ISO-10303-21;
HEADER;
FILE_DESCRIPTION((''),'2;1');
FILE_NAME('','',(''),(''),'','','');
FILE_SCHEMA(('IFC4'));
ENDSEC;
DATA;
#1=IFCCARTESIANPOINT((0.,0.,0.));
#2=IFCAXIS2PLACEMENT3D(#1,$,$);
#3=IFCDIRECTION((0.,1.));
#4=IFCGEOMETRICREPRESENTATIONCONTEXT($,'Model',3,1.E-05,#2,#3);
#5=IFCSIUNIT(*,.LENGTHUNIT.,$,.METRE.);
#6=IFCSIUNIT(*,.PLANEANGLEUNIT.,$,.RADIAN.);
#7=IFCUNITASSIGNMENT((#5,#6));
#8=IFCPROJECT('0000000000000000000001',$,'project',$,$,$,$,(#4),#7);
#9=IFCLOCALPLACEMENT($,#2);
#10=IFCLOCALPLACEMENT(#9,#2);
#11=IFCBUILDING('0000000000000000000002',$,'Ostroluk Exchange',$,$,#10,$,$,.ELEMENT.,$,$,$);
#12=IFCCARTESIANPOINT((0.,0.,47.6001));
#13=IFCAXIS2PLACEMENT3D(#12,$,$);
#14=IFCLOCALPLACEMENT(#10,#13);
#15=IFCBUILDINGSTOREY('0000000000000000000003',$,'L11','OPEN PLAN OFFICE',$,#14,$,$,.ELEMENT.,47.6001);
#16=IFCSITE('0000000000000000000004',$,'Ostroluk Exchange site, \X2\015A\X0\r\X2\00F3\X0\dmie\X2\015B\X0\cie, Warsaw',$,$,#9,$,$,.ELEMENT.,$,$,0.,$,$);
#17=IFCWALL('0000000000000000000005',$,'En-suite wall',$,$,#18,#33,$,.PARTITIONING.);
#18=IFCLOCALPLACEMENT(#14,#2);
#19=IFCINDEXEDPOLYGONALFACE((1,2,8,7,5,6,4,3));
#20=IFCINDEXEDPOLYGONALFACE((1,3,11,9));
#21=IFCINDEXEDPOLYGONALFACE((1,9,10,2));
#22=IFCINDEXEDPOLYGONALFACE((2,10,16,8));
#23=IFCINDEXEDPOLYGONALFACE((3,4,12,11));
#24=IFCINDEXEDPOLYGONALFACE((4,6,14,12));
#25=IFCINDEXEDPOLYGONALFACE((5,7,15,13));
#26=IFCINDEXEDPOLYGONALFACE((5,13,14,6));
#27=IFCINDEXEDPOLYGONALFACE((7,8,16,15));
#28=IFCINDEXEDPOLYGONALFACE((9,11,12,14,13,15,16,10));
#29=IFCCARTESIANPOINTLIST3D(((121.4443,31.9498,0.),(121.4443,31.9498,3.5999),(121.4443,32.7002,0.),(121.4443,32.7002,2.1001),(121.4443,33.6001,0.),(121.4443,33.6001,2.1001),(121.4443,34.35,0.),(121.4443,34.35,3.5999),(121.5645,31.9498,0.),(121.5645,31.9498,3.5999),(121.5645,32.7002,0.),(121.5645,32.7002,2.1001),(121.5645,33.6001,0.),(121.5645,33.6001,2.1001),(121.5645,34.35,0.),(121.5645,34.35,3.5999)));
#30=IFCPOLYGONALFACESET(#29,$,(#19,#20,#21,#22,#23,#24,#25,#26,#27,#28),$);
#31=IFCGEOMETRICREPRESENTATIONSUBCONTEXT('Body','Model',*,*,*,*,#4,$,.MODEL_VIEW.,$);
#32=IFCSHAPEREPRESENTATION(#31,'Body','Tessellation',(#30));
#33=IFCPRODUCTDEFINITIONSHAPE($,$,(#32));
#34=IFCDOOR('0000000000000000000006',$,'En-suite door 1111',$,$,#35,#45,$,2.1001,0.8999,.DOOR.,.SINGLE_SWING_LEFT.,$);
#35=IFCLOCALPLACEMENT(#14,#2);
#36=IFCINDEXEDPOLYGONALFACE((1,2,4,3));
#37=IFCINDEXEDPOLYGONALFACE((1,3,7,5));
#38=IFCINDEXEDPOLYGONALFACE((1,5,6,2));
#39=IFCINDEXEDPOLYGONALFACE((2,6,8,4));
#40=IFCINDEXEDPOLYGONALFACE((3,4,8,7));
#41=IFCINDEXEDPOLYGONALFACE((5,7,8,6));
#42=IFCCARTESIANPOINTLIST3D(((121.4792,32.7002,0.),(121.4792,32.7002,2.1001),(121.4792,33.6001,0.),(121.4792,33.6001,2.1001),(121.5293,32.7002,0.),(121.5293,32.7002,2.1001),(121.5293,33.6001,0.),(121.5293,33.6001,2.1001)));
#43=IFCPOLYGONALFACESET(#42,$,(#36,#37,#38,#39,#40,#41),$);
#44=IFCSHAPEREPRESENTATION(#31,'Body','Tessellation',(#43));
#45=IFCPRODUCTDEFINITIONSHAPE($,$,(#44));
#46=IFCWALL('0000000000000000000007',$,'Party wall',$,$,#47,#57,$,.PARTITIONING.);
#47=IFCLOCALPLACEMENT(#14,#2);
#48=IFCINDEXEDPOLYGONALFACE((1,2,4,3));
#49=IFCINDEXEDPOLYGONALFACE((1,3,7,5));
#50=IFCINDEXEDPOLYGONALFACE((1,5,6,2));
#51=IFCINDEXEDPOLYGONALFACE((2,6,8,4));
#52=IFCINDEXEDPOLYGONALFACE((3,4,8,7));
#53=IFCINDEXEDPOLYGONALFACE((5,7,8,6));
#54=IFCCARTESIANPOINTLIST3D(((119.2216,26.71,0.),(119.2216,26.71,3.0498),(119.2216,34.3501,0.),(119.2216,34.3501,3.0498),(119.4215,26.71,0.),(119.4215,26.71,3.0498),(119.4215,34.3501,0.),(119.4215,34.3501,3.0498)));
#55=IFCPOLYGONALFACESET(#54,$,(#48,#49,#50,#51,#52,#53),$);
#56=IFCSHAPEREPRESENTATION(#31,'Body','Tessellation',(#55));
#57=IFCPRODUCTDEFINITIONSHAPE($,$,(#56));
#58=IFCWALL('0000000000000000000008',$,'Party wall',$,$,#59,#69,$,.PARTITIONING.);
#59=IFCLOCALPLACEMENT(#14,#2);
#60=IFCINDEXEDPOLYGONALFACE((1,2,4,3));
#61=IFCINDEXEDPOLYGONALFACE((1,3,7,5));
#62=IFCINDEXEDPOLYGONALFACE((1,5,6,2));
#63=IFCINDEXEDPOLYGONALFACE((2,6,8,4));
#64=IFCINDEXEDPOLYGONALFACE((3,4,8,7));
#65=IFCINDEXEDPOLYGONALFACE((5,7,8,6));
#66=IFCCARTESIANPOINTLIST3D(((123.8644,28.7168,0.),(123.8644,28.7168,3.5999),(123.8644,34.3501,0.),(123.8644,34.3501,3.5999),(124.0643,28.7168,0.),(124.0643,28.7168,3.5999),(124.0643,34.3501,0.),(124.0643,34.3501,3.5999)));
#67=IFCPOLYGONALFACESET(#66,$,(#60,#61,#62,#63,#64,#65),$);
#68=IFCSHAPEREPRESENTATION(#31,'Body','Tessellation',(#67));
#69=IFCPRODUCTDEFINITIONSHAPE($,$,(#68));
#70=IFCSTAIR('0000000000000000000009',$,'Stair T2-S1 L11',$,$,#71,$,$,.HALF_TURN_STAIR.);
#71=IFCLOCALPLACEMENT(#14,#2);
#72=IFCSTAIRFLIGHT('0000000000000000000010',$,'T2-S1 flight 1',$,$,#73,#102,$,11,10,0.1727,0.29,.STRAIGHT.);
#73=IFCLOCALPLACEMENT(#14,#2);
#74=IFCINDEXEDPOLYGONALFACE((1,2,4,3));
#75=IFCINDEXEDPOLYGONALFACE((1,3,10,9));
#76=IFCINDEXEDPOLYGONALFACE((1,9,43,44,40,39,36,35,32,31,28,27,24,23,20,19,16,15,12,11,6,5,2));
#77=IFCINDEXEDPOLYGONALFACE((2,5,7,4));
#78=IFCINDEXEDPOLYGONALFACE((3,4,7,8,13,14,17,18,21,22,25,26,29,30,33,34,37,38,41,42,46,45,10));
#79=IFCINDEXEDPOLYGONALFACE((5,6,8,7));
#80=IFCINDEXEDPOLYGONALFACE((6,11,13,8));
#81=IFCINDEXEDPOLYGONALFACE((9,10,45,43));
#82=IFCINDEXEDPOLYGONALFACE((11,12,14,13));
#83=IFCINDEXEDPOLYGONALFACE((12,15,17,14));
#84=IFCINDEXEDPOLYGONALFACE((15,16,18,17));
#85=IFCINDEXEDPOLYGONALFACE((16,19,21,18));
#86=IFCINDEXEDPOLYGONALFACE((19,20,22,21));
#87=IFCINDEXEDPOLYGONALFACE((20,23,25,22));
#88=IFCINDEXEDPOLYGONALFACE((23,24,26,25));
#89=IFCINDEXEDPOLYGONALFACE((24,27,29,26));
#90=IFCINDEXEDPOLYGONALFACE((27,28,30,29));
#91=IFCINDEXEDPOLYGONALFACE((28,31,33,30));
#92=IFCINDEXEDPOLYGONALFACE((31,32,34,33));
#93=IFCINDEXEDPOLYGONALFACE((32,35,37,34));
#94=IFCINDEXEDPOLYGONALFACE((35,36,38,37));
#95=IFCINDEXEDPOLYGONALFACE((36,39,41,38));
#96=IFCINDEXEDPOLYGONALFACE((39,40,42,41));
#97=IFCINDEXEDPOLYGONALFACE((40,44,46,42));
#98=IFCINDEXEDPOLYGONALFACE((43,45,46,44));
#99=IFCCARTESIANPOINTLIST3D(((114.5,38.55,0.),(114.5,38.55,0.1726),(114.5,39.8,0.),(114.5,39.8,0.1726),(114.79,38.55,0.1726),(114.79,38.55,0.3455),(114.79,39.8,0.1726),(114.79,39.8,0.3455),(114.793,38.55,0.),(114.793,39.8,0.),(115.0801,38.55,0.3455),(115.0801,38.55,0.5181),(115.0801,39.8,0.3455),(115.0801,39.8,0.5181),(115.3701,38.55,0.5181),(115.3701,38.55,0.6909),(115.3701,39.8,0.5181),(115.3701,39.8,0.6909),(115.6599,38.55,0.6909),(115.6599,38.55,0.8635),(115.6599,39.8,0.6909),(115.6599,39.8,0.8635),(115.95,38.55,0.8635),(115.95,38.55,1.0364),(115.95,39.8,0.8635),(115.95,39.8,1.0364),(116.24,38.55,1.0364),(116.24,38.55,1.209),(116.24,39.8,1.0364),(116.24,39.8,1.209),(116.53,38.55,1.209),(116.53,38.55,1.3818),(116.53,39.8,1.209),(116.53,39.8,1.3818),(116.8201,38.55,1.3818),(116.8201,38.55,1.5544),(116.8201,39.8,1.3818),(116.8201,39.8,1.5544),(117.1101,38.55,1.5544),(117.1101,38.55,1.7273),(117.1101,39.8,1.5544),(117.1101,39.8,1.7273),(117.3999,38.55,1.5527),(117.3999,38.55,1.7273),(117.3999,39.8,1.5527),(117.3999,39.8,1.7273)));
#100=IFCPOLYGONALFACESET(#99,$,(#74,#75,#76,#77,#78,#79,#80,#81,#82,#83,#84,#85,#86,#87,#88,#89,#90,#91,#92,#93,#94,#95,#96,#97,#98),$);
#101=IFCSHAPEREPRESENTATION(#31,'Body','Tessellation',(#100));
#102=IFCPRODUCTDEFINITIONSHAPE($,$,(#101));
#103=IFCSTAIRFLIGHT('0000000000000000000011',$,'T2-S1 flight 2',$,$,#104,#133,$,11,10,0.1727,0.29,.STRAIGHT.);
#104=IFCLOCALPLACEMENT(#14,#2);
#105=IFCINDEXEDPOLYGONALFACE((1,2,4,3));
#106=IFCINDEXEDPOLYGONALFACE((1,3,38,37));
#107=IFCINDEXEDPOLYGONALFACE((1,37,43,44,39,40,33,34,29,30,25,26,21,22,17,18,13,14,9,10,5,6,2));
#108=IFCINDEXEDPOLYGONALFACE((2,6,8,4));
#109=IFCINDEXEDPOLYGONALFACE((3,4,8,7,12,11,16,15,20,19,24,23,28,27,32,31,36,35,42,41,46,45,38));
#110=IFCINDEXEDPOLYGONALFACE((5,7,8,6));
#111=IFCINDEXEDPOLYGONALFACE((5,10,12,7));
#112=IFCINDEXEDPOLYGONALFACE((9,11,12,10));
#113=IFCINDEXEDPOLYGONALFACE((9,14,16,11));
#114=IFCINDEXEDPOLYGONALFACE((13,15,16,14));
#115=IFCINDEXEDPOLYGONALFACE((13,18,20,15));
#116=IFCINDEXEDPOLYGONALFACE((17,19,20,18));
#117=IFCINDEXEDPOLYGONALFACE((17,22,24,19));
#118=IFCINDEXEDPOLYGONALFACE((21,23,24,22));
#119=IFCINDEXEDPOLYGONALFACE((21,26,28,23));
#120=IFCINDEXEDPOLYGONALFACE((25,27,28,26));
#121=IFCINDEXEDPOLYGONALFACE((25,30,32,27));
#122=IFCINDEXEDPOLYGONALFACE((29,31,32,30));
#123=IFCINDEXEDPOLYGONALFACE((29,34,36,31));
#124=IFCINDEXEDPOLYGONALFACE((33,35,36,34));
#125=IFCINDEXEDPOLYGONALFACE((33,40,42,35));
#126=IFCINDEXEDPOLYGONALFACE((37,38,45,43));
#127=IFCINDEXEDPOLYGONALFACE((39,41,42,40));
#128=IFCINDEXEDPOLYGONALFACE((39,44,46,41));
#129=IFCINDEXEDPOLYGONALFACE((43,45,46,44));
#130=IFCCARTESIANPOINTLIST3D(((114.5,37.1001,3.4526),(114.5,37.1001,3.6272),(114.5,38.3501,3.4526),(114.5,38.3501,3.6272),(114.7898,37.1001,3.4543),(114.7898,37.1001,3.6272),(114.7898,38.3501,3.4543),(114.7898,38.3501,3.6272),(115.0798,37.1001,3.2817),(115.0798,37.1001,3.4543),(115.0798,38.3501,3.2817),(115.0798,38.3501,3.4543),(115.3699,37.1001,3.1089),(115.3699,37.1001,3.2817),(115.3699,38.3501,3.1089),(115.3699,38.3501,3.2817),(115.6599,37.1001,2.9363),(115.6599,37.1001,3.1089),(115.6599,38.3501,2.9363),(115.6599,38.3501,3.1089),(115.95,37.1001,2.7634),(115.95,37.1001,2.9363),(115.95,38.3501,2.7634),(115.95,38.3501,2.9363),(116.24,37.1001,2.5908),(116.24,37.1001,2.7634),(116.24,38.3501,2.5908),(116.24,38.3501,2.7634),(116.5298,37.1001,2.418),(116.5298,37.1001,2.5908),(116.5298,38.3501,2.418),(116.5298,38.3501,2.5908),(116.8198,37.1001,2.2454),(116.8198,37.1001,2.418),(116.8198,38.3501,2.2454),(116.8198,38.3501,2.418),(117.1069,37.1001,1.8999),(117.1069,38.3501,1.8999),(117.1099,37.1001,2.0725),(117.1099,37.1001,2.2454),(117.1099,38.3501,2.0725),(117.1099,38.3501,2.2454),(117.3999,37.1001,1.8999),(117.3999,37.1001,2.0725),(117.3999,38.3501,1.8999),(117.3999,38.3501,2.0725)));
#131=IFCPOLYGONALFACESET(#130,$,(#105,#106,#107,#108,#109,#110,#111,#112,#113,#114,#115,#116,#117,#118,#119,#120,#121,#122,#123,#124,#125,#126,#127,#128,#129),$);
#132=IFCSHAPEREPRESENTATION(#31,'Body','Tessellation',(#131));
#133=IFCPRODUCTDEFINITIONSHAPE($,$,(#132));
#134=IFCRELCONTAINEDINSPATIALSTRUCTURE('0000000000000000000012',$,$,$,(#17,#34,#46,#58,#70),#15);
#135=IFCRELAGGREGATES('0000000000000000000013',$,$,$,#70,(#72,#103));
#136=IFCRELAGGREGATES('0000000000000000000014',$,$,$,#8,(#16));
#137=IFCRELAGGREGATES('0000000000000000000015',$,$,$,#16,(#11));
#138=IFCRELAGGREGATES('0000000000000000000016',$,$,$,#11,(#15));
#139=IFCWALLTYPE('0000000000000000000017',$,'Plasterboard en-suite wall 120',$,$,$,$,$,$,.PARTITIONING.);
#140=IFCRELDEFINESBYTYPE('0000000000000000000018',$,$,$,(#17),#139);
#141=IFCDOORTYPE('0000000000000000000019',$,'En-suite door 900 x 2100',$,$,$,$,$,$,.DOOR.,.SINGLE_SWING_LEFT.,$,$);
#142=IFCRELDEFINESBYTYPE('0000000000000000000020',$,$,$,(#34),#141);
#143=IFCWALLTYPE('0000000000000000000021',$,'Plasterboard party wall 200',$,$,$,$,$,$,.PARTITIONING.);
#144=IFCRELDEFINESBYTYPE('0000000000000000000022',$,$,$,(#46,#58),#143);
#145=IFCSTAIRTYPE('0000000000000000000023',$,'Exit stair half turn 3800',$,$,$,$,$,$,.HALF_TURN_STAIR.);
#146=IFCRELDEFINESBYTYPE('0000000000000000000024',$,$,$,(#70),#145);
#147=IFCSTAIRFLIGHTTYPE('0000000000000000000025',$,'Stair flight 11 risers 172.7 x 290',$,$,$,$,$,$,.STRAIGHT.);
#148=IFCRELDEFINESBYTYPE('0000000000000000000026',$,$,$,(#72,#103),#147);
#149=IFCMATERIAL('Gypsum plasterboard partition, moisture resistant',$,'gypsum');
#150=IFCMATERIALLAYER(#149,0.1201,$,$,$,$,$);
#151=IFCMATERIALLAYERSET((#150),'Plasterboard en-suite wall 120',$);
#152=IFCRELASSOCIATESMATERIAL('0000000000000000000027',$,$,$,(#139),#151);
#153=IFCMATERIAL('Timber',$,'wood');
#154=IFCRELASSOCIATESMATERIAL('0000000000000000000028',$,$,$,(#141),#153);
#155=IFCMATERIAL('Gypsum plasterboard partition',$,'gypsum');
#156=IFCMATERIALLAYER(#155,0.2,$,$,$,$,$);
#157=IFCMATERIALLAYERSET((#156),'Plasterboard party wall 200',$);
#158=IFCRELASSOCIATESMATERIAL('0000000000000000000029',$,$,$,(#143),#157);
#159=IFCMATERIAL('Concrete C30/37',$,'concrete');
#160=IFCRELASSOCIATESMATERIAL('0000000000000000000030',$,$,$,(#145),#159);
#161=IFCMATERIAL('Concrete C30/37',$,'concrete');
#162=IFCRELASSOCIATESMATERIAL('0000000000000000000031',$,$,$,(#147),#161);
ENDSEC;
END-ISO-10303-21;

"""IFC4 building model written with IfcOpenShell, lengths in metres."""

from ifc_helpers import new_model, si_unit, direction, frame, frame_2d, origin, place, context, subcontext, project, spatial, polyline, rectangle, outline, extrude, material, layer, layer_set, type_object, element, fill, aggregate, save


model = new_model("IFC4")

# Units and contexts
model_context = context("Model", 3, precision=1e-05, world=origin(), true_north=direction((0.0, 1.0)))
body_context = subcontext(model_context, "Body", "Model", "MODEL_VIEW")
ifc_project = project(units=[si_unit("LENGTHUNIT", "METRE"), si_unit("PLANEANGLEUNIT", "RADIAN")], contexts=[model_context])

# Site, building, storey
site_placement = place(None, origin())
site = spatial("IfcSite", under=ifc_project, at=site_placement, Name="Ostroluk Exchange site, Śródmieście, Warsaw", CompositionType="ELEMENT", RefElevation=0.0)
building_placement = place(site_placement, origin())
building = spatial("IfcBuilding", under=site, at=building_placement, Name="Ostroluk Exchange", CompositionType="ELEMENT")
storey_placement = place(building_placement, frame((0.0, 0.0, 47.6001)))
storey = spatial("IfcBuildingStorey", under=building, at=storey_placement, Name="L11", Description="OPEN PLAN OFFICE", CompositionType="ELEMENT", Elevation=47.6001)

# Wall, opening, door
ifc_material_1 = material(Name="Gypsum plasterboard partition, moisture resistant", Category="gypsum")
ifc_layer_1 = layer(ifc_material_1, 0.1201)
ifc_layer_set_1 = layer_set([ifc_layer_1], Name="Plasterboard en-suite wall 120")
wall_type_1 = type_object("IfcWallType", Name="Plasterboard en-suite wall 120", PredefinedType="PARTITIONING", material=ifc_layer_set_1)
ifc_material_2 = material(Name="Timber", Category="wood")
door_type_1 = type_object("IfcDoorType", Name="En-suite door 900 x 2100", OperationType="SINGLE_SWING_LEFT", PredefinedType="DOOR", material=ifc_material_2)
wall_1_placement = place(storey_placement, frame((121.5044, 34.3501, 0.0), z_axis=(0.0, 0.0, 1.0), x_axis=(0.0, -1.0, 0.0)))
wall_1 = element("IfcWall", 1, at=wall_1_placement, inside=storey, type_object=wall_type_1, Name="En-suite wall", PredefinedType="PARTITIONING", context=body_context, shape_type="SweptSolid", body=[
    extrude(rectangle(XDim=2.4001, YDim=0.1201, at=frame_2d((1.2002, 0.0))), origin(), (0.0, 0.0, 1.0), 3.5999),
])
opening_1_placement = place(wall_1_placement, frame((0.75, 0.0, 0.0)))
opening_1 = element("IfcOpeningElement", 2, at=opening_1_placement, cuts=wall_1, PredefinedType="OPENING", context=body_context, shape_type="SweptSolid", body=[
    extrude(rectangle(XDim=0.8999, YDim=2.1001, at=frame_2d((0.45, 1.05))), frame((0.0, 0.0701, 0.0), z_axis=(0.0, -1.0, 0.0), x_axis=(1.0, 0.0, 0.0)), (0.0, 0.0, 1.0), 0.1401),
])
door_1_placement = place(opening_1_placement, origin())
door_1 = element("IfcDoor", 3, at=door_1_placement, inside=storey, type_object=door_type_1, Name="En-suite door 1111", OperationType="SINGLE_SWING_LEFT", OverallHeight=2.1001, OverallWidth=0.8999, PredefinedType="DOOR", context=body_context, shape_type="SweptSolid", body=[
    extrude(rectangle(XDim=0.8999, YDim=2.1001, at=frame_2d((0.45, 1.05))), frame((0.0, 0.0249, 0.0), z_axis=(0.0, -1.0, 0.0), x_axis=(1.0, 0.0, 0.0)), (0.0, 0.0, 1.0), 0.05),
])
fill(opening_1, door_1)

# Walls
ifc_material_3 = material(Name="Gypsum plasterboard partition", Category="gypsum")
ifc_layer_2 = layer(ifc_material_3, 0.2)
ifc_layer_set_2 = layer_set([ifc_layer_2], Name="Plasterboard party wall 200")
wall_type_2 = type_object("IfcWallType", Name="Plasterboard party wall 200", PredefinedType="PARTITIONING", material=ifc_layer_set_2)
wall_2_placement = place(storey_placement, frame((119.3215, 34.3501, 0.0), z_axis=(0.0, 0.0, 1.0), x_axis=(0.0, -1.0, 0.0)))
element("IfcWall", 4, at=wall_2_placement, inside=storey, type_object=wall_type_2, Name="Party wall", PredefinedType="PARTITIONING", context=body_context, shape_type="SweptSolid", body=[
    extrude(rectangle(XDim=7.6401, YDim=0.2, at=frame_2d((3.8201, 0.0))), origin(), (0.0, 0.0, 1.0), 3.0498),
])
wall_3_placement = place(storey_placement, frame((123.9644, 34.3501, 0.0), z_axis=(0.0, 0.0, 1.0), x_axis=(0.0, -1.0, 0.0)))
element("IfcWall", 5, at=wall_3_placement, inside=storey, type_object=wall_type_2, Name="Party wall", PredefinedType="PARTITIONING", context=body_context, shape_type="SweptSolid", body=[
    extrude(rectangle(XDim=5.6333, YDim=0.2, at=frame_2d((2.8167, 0.0))), origin(), (0.0, 0.0, 1.0), 3.5999),
])

# Stair, stair flights
ifc_material_4 = material(Name="Concrete C30/37", Category="concrete")
stair_type = type_object("IfcStairType", Name="Exit stair half turn 3800", PredefinedType="HALF_TURN_STAIR", material=ifc_material_4)
stair_placement = place(storey_placement, origin())
stair = element("IfcStair", 6, at=stair_placement, inside=storey, type_object=stair_type, Name="Stair T2-S1 L11", PredefinedType="HALF_TURN_STAIR")
ifc_material_5 = material(Name="Concrete C30/37", Category="concrete")
stair_flight_type = type_object("IfcStairFlightType", Name="Stair flight 11 risers 172.7 x 290", PredefinedType="STRAIGHT", material=ifc_material_5)
stair_flight_1_placement = place(storey_placement, frame((114.5, 39.175, 0.0), z_axis=(0.0, 0.0, 1.0), x_axis=(1.0, 0.0, 0.0)))
stair_flight_1 = element("IfcStairFlight", 7, at=stair_flight_1_placement, type_object=stair_flight_type, Name="T2-S1 flight 1", NumberOfRisers=11, NumberOfTreads=10, PredefinedType="STRAIGHT", RiserHeight=0.1727, TreadLength=0.29, context=body_context, shape_type="SweptSolid", body=[
    extrude(outline(polyline([(0.0, 0.0), (0.0, 0.1726), (0.29, 0.1726), (0.29, 0.3455), (0.5801, 0.3455), (0.5801, 0.5181), (0.8701, 0.5181), (0.8701, 0.6909), (1.1599, 0.6909), (1.1599, 0.8635), (1.45, 0.8635), (1.45, 1.0364), (1.74, 1.0364), (1.74, 1.209), (2.03, 1.209), (2.03, 1.3818), (2.3201, 1.3818), (2.3201, 1.5544), (2.6101, 1.5544), (2.6101, 1.7273), (2.8999, 1.7273), (2.8999, 1.8999), (2.8999, 1.5527), (0.293, 0.0), (0.0, 0.0)])), frame((0.0, 0.625, 0.0), z_axis=(0.0, -1.0, 0.0), x_axis=(1.0, 0.0, 0.0)), (0.0, 0.0, 1.0), 1.25),
])
stair_flight_2_placement = place(storey_placement, frame((117.3999, 37.7251, 1.8999), z_axis=(0.0, 0.0, 1.0), x_axis=(-1.0, 0.0, 0.0)))
stair_flight_2 = element("IfcStairFlight", 8, at=stair_flight_2_placement, type_object=stair_flight_type, Name="T2-S1 flight 2", NumberOfRisers=11, NumberOfTreads=10, PredefinedType="STRAIGHT", RiserHeight=0.1727, TreadLength=0.29, context=body_context, shape_type="SweptSolid", body=[
    extrude(outline(polyline([(0.0, 0.0), (0.0, 0.1726), (0.29, 0.1726), (0.29, 0.3455), (0.5801, 0.3455), (0.5801, 0.5181), (0.8701, 0.5181), (0.8701, 0.6909), (1.1599, 0.6909), (1.1599, 0.8635), (1.45, 0.8635), (1.45, 1.0364), (1.74, 1.0364), (1.74, 1.209), (2.03, 1.209), (2.03, 1.3818), (2.3201, 1.3818), (2.3201, 1.5544), (2.6101, 1.5544), (2.6101, 1.7273), (2.8999, 1.7273), (2.8999, 1.8999), (2.8999, 1.5527), (0.293, 0.0), (0.0, 0.0)])), frame((0.0, 0.625, 0.0), z_axis=(0.0, -1.0, 0.0), x_axis=(1.0, 0.0, 0.0)), (0.0, 0.0, 1.0), 1.25),
])
aggregate(stair, [stair_flight_1, stair_flight_2])

save(model, "model.ifc")
